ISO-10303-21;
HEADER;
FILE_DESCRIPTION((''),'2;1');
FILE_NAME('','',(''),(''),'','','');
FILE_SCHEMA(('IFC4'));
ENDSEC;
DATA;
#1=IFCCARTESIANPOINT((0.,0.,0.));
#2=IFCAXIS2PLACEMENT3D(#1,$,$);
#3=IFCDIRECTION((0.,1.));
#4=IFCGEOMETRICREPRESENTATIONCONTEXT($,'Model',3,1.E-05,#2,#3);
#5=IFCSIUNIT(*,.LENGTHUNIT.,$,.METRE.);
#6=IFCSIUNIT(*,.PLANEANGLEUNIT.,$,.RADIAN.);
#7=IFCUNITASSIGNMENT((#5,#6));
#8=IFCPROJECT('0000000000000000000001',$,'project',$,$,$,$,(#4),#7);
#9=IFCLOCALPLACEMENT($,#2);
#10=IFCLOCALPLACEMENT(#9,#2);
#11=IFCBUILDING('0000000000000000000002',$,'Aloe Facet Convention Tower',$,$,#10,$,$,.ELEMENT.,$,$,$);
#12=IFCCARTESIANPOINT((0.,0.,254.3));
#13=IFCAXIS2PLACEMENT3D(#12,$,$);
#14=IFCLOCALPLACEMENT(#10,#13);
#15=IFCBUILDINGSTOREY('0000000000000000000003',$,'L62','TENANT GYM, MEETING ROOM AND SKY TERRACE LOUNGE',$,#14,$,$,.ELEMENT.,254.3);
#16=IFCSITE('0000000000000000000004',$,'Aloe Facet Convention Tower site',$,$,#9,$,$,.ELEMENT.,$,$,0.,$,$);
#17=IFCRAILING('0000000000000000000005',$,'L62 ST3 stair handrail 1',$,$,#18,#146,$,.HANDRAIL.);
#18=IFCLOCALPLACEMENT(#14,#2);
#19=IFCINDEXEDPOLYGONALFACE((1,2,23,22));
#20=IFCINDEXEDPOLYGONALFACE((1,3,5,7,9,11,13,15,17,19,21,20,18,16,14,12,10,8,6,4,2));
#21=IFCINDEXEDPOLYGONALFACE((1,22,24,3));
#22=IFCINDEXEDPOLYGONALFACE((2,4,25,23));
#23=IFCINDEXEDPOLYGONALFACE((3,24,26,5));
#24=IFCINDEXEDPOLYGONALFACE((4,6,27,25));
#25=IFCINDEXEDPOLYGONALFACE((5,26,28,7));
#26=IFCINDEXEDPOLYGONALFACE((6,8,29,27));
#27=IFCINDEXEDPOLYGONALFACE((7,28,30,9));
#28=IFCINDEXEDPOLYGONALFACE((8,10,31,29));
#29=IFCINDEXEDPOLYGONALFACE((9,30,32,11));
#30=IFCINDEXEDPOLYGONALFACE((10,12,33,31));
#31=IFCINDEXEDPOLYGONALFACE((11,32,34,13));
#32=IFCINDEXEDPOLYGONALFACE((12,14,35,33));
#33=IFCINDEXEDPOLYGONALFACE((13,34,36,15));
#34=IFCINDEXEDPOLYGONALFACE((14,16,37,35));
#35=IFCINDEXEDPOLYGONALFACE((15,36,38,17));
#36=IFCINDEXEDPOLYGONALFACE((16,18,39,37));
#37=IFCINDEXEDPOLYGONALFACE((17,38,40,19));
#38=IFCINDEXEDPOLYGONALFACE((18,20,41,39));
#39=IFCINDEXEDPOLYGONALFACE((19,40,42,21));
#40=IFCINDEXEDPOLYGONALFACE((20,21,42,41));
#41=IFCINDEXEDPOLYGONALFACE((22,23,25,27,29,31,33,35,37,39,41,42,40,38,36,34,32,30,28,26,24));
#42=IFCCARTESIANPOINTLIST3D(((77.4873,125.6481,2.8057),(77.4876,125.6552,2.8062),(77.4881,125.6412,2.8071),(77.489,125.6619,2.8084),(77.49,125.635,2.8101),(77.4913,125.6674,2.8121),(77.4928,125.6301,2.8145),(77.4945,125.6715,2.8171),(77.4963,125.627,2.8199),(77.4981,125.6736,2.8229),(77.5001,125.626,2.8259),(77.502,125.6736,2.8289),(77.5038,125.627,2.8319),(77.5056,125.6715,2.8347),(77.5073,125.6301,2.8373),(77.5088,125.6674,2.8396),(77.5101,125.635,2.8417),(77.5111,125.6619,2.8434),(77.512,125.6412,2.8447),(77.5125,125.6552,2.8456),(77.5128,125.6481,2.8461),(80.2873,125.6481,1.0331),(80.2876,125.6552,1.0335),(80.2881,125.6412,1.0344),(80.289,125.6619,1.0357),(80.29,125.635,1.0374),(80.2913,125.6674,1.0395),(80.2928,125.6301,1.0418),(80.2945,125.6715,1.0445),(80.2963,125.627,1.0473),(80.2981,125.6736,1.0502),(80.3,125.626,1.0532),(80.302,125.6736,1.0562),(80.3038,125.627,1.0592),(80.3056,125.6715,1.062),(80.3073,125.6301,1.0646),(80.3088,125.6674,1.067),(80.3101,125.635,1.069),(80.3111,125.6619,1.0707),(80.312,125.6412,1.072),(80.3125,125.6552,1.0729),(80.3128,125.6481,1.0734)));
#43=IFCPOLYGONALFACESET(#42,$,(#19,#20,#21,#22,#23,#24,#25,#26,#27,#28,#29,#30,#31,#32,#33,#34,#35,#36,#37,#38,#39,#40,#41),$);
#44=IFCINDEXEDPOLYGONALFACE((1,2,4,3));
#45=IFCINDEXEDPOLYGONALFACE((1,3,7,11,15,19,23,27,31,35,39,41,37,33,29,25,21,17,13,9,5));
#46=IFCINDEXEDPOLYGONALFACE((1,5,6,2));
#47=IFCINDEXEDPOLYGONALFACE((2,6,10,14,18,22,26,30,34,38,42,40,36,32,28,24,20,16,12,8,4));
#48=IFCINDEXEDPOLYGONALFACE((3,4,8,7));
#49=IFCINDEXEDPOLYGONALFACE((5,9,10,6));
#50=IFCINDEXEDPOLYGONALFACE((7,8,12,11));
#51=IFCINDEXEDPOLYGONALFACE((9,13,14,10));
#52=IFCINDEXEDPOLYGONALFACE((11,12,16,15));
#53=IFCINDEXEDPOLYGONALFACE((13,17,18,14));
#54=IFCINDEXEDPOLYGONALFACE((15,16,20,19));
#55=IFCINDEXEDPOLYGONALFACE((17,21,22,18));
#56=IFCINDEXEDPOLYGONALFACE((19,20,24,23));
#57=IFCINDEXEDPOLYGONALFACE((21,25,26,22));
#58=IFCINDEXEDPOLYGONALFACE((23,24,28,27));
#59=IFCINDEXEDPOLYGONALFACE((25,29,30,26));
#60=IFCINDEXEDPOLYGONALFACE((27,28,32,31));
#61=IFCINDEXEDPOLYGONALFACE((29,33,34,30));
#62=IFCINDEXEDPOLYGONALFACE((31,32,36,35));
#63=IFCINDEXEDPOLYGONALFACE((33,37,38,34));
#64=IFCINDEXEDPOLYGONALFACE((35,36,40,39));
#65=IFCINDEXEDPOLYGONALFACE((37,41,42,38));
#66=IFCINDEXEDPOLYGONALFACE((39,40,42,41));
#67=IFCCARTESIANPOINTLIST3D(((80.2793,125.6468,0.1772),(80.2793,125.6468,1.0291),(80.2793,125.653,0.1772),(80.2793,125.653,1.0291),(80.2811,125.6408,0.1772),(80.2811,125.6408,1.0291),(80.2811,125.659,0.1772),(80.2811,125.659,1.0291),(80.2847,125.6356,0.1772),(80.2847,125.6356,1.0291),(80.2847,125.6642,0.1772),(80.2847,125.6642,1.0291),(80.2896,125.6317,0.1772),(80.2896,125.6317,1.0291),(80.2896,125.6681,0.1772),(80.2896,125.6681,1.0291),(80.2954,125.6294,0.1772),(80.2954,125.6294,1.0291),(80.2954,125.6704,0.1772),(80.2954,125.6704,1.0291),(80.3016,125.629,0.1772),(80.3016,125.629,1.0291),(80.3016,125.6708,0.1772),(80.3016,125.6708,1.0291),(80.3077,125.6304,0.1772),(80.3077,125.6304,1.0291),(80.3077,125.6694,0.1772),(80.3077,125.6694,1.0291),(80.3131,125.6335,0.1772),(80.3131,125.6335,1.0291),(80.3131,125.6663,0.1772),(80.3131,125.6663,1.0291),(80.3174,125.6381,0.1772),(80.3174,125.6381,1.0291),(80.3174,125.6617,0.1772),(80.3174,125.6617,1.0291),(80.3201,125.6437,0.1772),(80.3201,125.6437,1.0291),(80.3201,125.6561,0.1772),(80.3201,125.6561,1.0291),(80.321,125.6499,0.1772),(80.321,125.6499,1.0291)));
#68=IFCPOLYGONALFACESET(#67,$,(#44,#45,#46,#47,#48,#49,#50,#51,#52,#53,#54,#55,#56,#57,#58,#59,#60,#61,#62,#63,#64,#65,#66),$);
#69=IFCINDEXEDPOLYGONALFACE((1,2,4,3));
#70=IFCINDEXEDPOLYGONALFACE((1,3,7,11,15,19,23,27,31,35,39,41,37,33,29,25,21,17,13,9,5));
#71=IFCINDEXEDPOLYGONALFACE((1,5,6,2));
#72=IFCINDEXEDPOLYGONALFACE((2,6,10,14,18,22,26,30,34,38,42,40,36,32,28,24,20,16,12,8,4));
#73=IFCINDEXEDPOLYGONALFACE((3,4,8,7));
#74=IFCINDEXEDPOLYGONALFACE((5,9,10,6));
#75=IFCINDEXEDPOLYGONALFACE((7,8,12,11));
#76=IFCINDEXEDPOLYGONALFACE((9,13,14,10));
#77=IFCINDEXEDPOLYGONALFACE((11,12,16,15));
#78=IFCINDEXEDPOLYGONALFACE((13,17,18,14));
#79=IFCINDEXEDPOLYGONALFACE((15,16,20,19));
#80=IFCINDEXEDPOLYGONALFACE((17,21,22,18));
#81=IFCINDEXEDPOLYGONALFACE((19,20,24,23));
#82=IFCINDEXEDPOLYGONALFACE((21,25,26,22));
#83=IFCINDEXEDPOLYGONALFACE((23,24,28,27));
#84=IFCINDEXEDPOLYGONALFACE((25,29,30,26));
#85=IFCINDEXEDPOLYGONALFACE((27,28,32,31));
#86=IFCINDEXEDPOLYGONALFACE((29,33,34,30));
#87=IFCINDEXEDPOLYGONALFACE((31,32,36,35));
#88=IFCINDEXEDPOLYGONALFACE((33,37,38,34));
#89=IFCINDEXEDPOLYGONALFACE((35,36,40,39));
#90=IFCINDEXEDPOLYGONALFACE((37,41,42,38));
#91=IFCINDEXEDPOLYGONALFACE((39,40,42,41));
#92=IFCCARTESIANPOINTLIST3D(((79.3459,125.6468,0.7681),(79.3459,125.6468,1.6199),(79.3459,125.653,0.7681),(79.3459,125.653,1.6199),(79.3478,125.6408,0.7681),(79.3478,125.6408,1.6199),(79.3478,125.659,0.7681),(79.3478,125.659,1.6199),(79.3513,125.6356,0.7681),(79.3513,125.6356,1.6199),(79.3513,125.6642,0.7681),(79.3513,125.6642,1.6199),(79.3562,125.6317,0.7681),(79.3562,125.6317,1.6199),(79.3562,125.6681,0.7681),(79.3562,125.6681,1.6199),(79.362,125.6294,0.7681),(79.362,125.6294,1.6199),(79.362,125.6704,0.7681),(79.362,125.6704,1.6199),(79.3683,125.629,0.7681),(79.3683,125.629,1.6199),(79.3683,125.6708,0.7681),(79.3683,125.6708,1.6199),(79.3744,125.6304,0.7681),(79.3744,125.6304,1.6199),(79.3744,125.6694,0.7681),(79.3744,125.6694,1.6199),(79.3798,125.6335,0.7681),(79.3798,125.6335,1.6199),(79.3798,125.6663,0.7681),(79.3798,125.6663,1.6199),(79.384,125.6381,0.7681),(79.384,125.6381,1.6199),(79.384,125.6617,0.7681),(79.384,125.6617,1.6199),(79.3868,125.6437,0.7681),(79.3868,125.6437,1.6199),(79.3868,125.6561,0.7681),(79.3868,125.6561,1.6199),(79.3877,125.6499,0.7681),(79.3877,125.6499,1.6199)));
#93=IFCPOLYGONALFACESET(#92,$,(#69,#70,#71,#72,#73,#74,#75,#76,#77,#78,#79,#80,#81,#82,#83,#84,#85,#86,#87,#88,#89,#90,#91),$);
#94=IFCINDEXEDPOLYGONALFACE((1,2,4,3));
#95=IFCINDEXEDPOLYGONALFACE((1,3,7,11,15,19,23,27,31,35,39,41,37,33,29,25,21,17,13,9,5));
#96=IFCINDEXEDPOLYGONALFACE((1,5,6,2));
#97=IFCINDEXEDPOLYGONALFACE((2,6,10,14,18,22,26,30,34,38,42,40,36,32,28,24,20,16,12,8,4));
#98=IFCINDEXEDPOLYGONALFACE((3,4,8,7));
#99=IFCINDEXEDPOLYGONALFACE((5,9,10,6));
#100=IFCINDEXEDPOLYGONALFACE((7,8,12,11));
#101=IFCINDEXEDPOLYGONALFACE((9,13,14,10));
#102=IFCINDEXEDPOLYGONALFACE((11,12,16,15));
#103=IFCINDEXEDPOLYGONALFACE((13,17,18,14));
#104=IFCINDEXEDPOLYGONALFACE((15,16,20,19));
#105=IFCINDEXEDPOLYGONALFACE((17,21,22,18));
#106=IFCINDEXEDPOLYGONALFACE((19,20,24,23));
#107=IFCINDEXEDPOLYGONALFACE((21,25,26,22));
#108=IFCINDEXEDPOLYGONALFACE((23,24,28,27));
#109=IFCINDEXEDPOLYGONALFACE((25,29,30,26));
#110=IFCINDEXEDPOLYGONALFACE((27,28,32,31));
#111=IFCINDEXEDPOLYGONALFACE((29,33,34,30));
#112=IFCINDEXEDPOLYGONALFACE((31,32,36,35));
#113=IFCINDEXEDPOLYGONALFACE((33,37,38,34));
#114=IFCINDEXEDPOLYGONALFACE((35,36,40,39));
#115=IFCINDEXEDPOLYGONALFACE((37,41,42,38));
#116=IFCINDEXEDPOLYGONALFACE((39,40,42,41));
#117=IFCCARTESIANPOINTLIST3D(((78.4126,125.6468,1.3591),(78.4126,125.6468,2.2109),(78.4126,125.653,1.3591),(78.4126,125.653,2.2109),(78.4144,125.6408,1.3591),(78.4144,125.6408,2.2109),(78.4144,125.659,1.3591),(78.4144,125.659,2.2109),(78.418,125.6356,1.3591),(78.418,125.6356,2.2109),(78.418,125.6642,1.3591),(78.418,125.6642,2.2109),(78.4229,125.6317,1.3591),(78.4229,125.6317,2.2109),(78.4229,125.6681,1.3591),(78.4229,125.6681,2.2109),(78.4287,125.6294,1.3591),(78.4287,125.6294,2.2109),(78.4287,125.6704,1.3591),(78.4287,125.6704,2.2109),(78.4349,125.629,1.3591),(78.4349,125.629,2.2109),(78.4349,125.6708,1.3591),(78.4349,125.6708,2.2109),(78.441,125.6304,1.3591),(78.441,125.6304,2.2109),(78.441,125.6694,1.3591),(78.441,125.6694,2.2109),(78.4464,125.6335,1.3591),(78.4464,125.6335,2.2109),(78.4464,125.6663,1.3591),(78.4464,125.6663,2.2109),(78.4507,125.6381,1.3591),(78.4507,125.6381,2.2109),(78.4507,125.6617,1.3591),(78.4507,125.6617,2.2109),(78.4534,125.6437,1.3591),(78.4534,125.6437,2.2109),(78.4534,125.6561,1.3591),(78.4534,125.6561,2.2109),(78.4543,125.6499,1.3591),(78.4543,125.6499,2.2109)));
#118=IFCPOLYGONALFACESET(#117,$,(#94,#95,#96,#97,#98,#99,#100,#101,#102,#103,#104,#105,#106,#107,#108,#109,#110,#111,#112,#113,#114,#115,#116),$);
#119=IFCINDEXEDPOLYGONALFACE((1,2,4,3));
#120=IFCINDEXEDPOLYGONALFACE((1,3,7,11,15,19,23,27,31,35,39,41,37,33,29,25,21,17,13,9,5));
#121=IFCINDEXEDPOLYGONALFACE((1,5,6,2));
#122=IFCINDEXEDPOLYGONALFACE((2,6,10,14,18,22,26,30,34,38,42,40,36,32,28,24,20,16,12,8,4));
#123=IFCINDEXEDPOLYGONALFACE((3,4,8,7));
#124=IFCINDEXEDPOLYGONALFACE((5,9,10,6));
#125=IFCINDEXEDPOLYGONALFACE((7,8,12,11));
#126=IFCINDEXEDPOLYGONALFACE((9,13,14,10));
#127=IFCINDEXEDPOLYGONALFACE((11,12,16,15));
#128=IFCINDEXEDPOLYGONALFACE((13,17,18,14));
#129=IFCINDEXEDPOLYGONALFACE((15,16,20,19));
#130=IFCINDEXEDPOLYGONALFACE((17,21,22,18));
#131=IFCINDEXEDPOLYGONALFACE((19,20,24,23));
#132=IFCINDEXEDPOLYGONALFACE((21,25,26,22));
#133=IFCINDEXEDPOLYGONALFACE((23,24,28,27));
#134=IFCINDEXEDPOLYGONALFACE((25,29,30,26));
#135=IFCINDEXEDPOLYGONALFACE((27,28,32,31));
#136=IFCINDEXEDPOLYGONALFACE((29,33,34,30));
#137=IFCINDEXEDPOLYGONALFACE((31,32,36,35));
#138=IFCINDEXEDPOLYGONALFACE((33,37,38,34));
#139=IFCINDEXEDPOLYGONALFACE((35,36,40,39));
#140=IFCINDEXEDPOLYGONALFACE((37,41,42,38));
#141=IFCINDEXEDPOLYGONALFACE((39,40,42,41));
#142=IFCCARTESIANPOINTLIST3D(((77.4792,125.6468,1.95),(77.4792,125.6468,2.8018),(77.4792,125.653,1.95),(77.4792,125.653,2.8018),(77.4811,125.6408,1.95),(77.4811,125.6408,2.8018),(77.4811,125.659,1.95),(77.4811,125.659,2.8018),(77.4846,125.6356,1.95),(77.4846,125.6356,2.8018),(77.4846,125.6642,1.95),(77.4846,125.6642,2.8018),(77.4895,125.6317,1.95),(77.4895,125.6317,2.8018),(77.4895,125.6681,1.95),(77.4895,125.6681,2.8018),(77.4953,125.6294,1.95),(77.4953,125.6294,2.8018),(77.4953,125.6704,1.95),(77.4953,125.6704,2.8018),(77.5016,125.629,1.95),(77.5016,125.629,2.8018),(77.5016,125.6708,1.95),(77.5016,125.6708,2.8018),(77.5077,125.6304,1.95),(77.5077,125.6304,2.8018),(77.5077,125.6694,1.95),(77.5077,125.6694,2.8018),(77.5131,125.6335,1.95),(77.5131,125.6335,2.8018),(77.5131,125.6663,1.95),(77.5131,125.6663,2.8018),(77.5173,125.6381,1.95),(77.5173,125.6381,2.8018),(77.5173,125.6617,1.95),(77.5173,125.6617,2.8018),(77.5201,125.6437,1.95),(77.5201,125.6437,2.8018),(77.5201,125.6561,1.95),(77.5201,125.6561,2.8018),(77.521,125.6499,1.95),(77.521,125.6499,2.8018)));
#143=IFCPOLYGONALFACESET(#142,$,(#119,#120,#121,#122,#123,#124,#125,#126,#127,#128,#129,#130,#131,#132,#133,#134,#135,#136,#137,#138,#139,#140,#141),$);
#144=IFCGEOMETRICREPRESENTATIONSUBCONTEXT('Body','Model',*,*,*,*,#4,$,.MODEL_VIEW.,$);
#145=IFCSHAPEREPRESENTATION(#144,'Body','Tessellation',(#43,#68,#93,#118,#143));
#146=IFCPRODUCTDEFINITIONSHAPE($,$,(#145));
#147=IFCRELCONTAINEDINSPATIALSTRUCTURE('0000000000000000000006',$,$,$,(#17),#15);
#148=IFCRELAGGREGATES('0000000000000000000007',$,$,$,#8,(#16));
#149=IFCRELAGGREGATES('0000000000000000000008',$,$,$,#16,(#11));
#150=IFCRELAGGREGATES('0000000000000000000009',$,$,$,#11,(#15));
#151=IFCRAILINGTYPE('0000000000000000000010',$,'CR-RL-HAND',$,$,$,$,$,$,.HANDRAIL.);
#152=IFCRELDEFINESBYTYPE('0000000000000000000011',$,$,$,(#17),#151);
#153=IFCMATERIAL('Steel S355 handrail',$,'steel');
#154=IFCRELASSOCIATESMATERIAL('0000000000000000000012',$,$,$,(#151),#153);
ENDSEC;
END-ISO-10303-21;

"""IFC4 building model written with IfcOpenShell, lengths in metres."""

from ifc_helpers import new_model, si_unit, direction, frame, origin, origin_2d, place, context, subcontext, project, spatial, circle, extrude, material, type_object, element, save


model = new_model("IFC4")

# Units and contexts
model_context = context("Model", 3, precision=1e-05, world=origin(), true_north=direction((0.0, 1.0)))
body_context = subcontext(model_context, "Body", "Model", "MODEL_VIEW")
ifc_project = project(units=[si_unit("LENGTHUNIT", "METRE"), si_unit("PLANEANGLEUNIT", "RADIAN")], contexts=[model_context])

# Site, building, storey
site_placement = place(None, origin())
site = spatial("IfcSite", under=ifc_project, at=site_placement, Name="Aloe Facet Convention Tower site", CompositionType="ELEMENT", RefElevation=0.0)
building_placement = place(site_placement, origin())
building = spatial("IfcBuilding", under=site, at=building_placement, Name="Aloe Facet Convention Tower", CompositionType="ELEMENT")
storey_placement = place(building_placement, frame((0.0, 0.0, 254.3)))
storey = spatial("IfcBuildingStorey", under=building, at=storey_placement, Name="L62", Description="TENANT GYM, MEETING ROOM AND SKY TERRACE LOUNGE", CompositionType="ELEMENT", Elevation=254.3)

# Railing
ifc_material_1 = material(Name="Steel S355 handrail", Category="steel")
railing_type_1 = type_object("IfcRailingType", Name="CR-RL-HAND", PredefinedType="HANDRAIL", material=ifc_material_1)
railing_1_placement = place(storey_placement, frame((80.3, 125.6499, 0.1772)))
element("IfcRailing", 1, at=railing_1_placement, inside=storey, type_object=railing_type_1, Name="L62 ST3 stair handrail 1", PredefinedType="HANDRAIL", context=body_context, shape_type="SweptSolid", body=[
    extrude(circle(Radius=0.0239, at=origin_2d()), frame((0.0, 0.0, 0.876), z_axis=(-0.844909, 0.0, 0.53491), x_axis=(0.0, -1.0, 0.0)), (0.0, 0.0, 1.0), 3.314),
    extrude(circle(Radius=0.021, at=origin_2d()), origin(), (0.0, 0.0, 1.0), 0.8518),
    extrude(circle(Radius=0.021, at=origin_2d()), frame((-0.9333, 0.0, 0.5908)), (0.0, 0.0, 1.0), 0.8518),
    extrude(circle(Radius=0.021, at=origin_2d()), frame((-1.8667, 0.0, 1.1819)), (0.0, 0.0, 1.0), 0.8518),
    extrude(circle(Radius=0.021, at=origin_2d()), frame((-2.8, 0.0, 1.7727)), (0.0, 0.0, 1.0), 0.8518),
])

save(model, "model.ifc")
